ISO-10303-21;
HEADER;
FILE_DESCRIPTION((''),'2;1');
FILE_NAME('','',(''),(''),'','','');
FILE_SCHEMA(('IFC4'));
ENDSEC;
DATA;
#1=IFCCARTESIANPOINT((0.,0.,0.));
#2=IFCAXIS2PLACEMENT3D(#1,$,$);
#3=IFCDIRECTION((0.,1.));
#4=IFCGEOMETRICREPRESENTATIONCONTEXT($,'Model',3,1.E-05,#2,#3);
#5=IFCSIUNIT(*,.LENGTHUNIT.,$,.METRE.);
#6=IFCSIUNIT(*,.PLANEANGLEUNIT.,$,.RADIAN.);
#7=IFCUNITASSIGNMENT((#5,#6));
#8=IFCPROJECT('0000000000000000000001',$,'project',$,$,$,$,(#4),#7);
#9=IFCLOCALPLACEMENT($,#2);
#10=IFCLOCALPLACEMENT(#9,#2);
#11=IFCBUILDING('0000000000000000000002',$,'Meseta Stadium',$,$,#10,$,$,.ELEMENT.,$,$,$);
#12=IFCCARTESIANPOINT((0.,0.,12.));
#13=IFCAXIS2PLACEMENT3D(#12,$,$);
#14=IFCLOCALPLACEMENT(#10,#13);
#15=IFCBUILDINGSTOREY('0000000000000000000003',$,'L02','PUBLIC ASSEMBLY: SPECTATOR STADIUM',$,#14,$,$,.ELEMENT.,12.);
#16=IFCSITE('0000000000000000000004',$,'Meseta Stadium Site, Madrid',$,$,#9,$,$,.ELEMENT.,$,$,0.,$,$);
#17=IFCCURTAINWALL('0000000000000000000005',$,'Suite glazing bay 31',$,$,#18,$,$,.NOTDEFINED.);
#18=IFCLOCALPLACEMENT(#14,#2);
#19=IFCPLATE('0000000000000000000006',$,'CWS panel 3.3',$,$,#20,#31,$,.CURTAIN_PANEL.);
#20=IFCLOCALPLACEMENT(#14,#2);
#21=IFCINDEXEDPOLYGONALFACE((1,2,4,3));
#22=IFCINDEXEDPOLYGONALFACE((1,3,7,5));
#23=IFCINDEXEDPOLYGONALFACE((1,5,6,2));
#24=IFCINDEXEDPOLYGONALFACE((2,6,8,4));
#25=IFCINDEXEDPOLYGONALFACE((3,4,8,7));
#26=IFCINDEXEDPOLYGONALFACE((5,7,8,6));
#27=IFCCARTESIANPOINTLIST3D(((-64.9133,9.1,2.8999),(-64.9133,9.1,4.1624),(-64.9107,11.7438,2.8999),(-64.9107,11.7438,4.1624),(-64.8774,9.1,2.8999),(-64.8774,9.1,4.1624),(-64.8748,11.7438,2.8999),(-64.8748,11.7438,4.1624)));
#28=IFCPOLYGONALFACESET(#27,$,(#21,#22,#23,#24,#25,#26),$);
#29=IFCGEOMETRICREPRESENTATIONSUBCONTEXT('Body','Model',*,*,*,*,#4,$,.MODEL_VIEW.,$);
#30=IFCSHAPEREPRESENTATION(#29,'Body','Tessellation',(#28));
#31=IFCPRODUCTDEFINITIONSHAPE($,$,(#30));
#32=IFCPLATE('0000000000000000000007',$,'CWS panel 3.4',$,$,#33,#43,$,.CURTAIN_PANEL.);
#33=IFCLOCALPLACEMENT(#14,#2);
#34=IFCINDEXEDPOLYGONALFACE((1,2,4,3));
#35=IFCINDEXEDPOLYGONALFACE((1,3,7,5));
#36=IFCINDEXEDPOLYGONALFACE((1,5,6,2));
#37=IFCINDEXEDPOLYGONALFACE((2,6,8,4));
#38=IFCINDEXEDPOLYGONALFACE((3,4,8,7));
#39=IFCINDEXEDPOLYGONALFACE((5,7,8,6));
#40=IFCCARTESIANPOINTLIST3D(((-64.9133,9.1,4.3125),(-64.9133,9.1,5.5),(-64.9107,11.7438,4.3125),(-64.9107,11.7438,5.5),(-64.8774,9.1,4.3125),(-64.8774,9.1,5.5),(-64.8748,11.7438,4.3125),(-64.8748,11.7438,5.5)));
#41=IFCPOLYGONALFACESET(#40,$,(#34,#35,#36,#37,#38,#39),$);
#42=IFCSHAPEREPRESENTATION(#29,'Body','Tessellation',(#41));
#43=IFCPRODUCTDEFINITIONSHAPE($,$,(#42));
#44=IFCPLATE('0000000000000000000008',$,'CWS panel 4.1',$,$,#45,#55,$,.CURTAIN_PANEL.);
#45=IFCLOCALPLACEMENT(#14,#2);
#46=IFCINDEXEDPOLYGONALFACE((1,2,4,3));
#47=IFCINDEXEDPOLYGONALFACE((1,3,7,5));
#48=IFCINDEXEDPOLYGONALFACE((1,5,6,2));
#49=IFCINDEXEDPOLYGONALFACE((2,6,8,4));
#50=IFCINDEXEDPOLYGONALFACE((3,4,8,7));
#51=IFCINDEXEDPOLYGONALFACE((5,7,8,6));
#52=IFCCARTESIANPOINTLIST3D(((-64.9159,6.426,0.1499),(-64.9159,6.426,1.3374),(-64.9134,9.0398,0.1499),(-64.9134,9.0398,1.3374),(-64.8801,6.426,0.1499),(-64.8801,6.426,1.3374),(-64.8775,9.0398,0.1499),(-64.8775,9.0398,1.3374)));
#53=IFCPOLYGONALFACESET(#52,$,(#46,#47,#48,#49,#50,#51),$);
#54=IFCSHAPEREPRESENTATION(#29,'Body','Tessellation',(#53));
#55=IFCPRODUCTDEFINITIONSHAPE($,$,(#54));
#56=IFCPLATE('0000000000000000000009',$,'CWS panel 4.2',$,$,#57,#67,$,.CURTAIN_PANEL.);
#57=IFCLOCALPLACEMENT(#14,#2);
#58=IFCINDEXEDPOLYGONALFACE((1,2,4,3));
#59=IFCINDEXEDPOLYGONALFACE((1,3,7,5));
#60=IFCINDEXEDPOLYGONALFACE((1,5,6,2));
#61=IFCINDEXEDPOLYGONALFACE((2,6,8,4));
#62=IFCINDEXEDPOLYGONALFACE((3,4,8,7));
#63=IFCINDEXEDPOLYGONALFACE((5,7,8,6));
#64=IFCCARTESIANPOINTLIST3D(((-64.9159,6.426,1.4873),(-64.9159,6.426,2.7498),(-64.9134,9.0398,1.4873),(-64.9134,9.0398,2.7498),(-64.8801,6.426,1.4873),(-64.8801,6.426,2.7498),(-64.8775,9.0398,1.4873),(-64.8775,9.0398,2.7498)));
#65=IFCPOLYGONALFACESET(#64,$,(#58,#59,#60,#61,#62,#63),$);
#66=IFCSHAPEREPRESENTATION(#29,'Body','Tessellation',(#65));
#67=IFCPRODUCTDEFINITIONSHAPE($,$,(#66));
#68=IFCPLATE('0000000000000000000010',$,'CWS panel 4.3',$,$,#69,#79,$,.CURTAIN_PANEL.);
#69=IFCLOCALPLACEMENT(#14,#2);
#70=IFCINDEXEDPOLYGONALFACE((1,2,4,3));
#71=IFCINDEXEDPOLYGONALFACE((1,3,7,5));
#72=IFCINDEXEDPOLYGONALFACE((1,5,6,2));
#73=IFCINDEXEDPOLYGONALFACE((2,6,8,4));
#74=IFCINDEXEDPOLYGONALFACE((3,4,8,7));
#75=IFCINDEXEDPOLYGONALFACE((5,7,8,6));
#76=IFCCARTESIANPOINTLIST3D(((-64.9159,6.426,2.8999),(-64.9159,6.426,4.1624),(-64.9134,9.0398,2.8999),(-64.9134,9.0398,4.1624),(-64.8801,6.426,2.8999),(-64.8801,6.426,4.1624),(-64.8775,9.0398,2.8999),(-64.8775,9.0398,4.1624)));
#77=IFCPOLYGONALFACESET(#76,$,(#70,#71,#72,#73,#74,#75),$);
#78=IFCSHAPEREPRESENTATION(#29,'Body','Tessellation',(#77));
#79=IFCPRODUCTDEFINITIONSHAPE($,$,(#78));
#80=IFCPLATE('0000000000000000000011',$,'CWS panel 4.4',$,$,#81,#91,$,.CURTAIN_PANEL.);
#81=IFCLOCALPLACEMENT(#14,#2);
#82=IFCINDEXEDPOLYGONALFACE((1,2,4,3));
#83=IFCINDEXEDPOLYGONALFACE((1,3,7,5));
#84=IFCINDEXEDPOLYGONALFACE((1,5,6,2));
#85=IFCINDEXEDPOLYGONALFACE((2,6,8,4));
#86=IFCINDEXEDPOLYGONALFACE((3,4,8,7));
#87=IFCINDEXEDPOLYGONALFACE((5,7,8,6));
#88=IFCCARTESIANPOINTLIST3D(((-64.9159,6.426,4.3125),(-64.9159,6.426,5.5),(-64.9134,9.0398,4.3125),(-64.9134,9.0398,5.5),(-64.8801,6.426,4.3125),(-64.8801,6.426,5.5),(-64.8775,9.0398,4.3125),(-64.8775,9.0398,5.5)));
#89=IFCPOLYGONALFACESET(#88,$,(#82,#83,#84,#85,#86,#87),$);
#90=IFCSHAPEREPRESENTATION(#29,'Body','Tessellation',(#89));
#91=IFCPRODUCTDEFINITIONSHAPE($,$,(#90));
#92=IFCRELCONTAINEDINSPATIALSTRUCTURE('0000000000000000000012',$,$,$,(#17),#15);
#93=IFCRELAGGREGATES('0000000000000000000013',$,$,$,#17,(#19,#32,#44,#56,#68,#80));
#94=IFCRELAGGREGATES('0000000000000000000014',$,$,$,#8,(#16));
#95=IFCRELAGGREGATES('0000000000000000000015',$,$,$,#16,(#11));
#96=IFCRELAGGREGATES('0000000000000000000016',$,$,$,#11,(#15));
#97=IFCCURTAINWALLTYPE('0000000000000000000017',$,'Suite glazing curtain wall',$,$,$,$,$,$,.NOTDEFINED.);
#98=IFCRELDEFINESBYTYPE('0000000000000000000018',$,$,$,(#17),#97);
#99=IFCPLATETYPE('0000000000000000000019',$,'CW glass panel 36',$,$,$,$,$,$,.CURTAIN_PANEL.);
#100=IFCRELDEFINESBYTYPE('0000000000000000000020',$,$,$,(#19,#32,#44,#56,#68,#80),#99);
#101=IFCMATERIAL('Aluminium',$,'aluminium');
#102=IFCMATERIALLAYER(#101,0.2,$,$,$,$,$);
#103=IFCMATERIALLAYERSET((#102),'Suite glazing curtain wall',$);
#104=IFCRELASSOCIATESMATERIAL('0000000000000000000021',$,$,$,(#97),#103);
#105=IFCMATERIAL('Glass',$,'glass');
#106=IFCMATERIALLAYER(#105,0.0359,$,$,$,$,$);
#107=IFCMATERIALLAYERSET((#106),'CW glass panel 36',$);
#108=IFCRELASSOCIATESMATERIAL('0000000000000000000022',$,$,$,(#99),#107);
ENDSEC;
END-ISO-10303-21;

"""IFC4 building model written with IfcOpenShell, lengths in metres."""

from ifc_helpers import new_model, si_unit, direction, frame, origin, origin_2d, place, context, subcontext, project, spatial, rectangle, extrude, material, layer, layer_set, type_object, element, aggregate, save


model = new_model("IFC4")

# Units and contexts
model_context = context("Model", 3, precision=1e-05, world=origin(), true_north=direction((0.0, 1.0)))
body_context = subcontext(model_context, "Body", "Model", "MODEL_VIEW")
ifc_project = project(units=[si_unit("LENGTHUNIT", "METRE"), si_unit("PLANEANGLEUNIT", "RADIAN")], contexts=[model_context])

# Site, building, storey
site_placement = place(None, origin())
site = spatial("IfcSite", under=ifc_project, at=site_placement, Name="Meseta Stadium Site, Madrid", CompositionType="ELEMENT", RefElevation=0.0)
building_placement = place(site_placement, origin())
building = spatial("IfcBuilding", under=site, at=building_placement, Name="Meseta Stadium", CompositionType="ELEMENT")
storey_placement = place(building_placement, frame((0.0, 0.0, 12.0)))
storey = spatial("IfcBuildingStorey", under=building, at=storey_placement, Name="L02", Description="PUBLIC ASSEMBLY: SPECTATOR STADIUM", CompositionType="ELEMENT", Elevation=12.0)

# Curtain wall, plates
ifc_material_1 = material(Name="Aluminium", Category="aluminium")
ifc_layer_1 = layer(ifc_material_1, 0.2)
ifc_layer_set_1 = layer_set([ifc_layer_1], Name="Suite glazing curtain wall")
curtain_wall_type = type_object("IfcCurtainWallType", Name="Suite glazing curtain wall", PredefinedType="NOTDEFINED", material=ifc_layer_set_1)
curtain_wall_placement = place(storey_placement, origin())
curtain_wall = element("IfcCurtainWall", 1, at=curtain_wall_placement, inside=storey, type_object=curtain_wall_type, Name="Suite glazing bay 31", PredefinedType="NOTDEFINED")
ifc_material_2 = material(Name="Glass", Category="glass")
ifc_layer_2 = layer(ifc_material_2, 0.0359)
ifc_layer_set_2 = layer_set([ifc_layer_2], Name="CW glass panel 36")
plate_type = type_object("IfcPlateType", Name="CW glass panel 36", PredefinedType="CURTAIN_PANEL", material=ifc_layer_set_2)
plate_1_placement = place(storey_placement, frame((-64.894, 10.4219, 2.8999), z_axis=(0.0, 0.0, 1.0), x_axis=(-0.000975, -1.0, 0.0)))
plate_1 = element("IfcPlate", 2, at=plate_1_placement, type_object=plate_type, Name="CWS panel 3.3", PredefinedType="CURTAIN_PANEL", context=body_context, shape_type="SweptSolid", body=[
    extrude(rectangle(XDim=2.6438, YDim=0.0359, at=origin_2d()), origin(), (0.0, 0.0, 1.0), 1.2625),
])
plate_2_placement = place(storey_placement, frame((-64.894, 10.4219, 4.3125), z_axis=(0.0, 0.0, 1.0), x_axis=(-0.000975, -1.0, 0.0)))
plate_2 = element("IfcPlate", 3, at=plate_2_placement, type_object=plate_type, Name="CWS panel 3.4", PredefinedType="CURTAIN_PANEL", context=body_context, shape_type="SweptSolid", body=[
    extrude(rectangle(XDim=2.6438, YDim=0.0359, at=origin_2d()), origin(), (0.0, 0.0, 1.0), 1.1875),
])
plate_3_placement = place(storey_placement, frame((-64.8967, 7.7329, 0.1499), z_axis=(0.0, 0.0, 1.0), x_axis=(-0.000975, -1.0, 0.0)))
plate_3 = element("IfcPlate", 4, at=plate_3_placement, type_object=plate_type, Name="CWS panel 4.1", PredefinedType="CURTAIN_PANEL", context=body_context, shape_type="SweptSolid", body=[
    extrude(rectangle(XDim=2.6138, YDim=0.0359, at=origin_2d()), origin(), (0.0, 0.0, 1.0), 1.1875),
])
plate_4_placement = place(storey_placement, frame((-64.8967, 7.7329, 1.4873), z_axis=(0.0, 0.0, 1.0), x_axis=(-0.000975, -1.0, 0.0)))
plate_4 = element("IfcPlate", 5, at=plate_4_placement, type_object=plate_type, Name="CWS panel 4.2", PredefinedType="CURTAIN_PANEL", context=body_context, shape_type="SweptSolid", body=[
    extrude(rectangle(XDim=2.6138, YDim=0.0359, at=origin_2d()), origin(), (0.0, 0.0, 1.0), 1.2625),
])
plate_5_placement = place(storey_placement, frame((-64.8967, 7.7329, 2.8999), z_axis=(0.0, 0.0, 1.0), x_axis=(-0.000975, -1.0, 0.0)))
plate_5 = element("IfcPlate", 6, at=plate_5_placement, type_object=plate_type, Name="CWS panel 4.3", PredefinedType="CURTAIN_PANEL", context=body_context, shape_type="SweptSolid", body=[
    extrude(rectangle(XDim=2.6138, YDim=0.0359, at=origin_2d()), origin(), (0.0, 0.0, 1.0), 1.2625),
])
plate_6_placement = place(storey_placement, frame((-64.8967, 7.7329, 4.3125), z_axis=(0.0, 0.0, 1.0), x_axis=(-0.000975, -1.0, 0.0)))
plate_6 = element("IfcPlate", 7, at=plate_6_placement, type_object=plate_type, Name="CWS panel 4.4", PredefinedType="CURTAIN_PANEL", context=body_context, shape_type="SweptSolid", body=[
    extrude(rectangle(XDim=2.6138, YDim=0.0359, at=origin_2d()), origin(), (0.0, 0.0, 1.0), 1.1875),
])
aggregate(curtain_wall, [plate_1, plate_2, plate_3, plate_4, plate_5, plate_6])

save(model, "model.ifc")
